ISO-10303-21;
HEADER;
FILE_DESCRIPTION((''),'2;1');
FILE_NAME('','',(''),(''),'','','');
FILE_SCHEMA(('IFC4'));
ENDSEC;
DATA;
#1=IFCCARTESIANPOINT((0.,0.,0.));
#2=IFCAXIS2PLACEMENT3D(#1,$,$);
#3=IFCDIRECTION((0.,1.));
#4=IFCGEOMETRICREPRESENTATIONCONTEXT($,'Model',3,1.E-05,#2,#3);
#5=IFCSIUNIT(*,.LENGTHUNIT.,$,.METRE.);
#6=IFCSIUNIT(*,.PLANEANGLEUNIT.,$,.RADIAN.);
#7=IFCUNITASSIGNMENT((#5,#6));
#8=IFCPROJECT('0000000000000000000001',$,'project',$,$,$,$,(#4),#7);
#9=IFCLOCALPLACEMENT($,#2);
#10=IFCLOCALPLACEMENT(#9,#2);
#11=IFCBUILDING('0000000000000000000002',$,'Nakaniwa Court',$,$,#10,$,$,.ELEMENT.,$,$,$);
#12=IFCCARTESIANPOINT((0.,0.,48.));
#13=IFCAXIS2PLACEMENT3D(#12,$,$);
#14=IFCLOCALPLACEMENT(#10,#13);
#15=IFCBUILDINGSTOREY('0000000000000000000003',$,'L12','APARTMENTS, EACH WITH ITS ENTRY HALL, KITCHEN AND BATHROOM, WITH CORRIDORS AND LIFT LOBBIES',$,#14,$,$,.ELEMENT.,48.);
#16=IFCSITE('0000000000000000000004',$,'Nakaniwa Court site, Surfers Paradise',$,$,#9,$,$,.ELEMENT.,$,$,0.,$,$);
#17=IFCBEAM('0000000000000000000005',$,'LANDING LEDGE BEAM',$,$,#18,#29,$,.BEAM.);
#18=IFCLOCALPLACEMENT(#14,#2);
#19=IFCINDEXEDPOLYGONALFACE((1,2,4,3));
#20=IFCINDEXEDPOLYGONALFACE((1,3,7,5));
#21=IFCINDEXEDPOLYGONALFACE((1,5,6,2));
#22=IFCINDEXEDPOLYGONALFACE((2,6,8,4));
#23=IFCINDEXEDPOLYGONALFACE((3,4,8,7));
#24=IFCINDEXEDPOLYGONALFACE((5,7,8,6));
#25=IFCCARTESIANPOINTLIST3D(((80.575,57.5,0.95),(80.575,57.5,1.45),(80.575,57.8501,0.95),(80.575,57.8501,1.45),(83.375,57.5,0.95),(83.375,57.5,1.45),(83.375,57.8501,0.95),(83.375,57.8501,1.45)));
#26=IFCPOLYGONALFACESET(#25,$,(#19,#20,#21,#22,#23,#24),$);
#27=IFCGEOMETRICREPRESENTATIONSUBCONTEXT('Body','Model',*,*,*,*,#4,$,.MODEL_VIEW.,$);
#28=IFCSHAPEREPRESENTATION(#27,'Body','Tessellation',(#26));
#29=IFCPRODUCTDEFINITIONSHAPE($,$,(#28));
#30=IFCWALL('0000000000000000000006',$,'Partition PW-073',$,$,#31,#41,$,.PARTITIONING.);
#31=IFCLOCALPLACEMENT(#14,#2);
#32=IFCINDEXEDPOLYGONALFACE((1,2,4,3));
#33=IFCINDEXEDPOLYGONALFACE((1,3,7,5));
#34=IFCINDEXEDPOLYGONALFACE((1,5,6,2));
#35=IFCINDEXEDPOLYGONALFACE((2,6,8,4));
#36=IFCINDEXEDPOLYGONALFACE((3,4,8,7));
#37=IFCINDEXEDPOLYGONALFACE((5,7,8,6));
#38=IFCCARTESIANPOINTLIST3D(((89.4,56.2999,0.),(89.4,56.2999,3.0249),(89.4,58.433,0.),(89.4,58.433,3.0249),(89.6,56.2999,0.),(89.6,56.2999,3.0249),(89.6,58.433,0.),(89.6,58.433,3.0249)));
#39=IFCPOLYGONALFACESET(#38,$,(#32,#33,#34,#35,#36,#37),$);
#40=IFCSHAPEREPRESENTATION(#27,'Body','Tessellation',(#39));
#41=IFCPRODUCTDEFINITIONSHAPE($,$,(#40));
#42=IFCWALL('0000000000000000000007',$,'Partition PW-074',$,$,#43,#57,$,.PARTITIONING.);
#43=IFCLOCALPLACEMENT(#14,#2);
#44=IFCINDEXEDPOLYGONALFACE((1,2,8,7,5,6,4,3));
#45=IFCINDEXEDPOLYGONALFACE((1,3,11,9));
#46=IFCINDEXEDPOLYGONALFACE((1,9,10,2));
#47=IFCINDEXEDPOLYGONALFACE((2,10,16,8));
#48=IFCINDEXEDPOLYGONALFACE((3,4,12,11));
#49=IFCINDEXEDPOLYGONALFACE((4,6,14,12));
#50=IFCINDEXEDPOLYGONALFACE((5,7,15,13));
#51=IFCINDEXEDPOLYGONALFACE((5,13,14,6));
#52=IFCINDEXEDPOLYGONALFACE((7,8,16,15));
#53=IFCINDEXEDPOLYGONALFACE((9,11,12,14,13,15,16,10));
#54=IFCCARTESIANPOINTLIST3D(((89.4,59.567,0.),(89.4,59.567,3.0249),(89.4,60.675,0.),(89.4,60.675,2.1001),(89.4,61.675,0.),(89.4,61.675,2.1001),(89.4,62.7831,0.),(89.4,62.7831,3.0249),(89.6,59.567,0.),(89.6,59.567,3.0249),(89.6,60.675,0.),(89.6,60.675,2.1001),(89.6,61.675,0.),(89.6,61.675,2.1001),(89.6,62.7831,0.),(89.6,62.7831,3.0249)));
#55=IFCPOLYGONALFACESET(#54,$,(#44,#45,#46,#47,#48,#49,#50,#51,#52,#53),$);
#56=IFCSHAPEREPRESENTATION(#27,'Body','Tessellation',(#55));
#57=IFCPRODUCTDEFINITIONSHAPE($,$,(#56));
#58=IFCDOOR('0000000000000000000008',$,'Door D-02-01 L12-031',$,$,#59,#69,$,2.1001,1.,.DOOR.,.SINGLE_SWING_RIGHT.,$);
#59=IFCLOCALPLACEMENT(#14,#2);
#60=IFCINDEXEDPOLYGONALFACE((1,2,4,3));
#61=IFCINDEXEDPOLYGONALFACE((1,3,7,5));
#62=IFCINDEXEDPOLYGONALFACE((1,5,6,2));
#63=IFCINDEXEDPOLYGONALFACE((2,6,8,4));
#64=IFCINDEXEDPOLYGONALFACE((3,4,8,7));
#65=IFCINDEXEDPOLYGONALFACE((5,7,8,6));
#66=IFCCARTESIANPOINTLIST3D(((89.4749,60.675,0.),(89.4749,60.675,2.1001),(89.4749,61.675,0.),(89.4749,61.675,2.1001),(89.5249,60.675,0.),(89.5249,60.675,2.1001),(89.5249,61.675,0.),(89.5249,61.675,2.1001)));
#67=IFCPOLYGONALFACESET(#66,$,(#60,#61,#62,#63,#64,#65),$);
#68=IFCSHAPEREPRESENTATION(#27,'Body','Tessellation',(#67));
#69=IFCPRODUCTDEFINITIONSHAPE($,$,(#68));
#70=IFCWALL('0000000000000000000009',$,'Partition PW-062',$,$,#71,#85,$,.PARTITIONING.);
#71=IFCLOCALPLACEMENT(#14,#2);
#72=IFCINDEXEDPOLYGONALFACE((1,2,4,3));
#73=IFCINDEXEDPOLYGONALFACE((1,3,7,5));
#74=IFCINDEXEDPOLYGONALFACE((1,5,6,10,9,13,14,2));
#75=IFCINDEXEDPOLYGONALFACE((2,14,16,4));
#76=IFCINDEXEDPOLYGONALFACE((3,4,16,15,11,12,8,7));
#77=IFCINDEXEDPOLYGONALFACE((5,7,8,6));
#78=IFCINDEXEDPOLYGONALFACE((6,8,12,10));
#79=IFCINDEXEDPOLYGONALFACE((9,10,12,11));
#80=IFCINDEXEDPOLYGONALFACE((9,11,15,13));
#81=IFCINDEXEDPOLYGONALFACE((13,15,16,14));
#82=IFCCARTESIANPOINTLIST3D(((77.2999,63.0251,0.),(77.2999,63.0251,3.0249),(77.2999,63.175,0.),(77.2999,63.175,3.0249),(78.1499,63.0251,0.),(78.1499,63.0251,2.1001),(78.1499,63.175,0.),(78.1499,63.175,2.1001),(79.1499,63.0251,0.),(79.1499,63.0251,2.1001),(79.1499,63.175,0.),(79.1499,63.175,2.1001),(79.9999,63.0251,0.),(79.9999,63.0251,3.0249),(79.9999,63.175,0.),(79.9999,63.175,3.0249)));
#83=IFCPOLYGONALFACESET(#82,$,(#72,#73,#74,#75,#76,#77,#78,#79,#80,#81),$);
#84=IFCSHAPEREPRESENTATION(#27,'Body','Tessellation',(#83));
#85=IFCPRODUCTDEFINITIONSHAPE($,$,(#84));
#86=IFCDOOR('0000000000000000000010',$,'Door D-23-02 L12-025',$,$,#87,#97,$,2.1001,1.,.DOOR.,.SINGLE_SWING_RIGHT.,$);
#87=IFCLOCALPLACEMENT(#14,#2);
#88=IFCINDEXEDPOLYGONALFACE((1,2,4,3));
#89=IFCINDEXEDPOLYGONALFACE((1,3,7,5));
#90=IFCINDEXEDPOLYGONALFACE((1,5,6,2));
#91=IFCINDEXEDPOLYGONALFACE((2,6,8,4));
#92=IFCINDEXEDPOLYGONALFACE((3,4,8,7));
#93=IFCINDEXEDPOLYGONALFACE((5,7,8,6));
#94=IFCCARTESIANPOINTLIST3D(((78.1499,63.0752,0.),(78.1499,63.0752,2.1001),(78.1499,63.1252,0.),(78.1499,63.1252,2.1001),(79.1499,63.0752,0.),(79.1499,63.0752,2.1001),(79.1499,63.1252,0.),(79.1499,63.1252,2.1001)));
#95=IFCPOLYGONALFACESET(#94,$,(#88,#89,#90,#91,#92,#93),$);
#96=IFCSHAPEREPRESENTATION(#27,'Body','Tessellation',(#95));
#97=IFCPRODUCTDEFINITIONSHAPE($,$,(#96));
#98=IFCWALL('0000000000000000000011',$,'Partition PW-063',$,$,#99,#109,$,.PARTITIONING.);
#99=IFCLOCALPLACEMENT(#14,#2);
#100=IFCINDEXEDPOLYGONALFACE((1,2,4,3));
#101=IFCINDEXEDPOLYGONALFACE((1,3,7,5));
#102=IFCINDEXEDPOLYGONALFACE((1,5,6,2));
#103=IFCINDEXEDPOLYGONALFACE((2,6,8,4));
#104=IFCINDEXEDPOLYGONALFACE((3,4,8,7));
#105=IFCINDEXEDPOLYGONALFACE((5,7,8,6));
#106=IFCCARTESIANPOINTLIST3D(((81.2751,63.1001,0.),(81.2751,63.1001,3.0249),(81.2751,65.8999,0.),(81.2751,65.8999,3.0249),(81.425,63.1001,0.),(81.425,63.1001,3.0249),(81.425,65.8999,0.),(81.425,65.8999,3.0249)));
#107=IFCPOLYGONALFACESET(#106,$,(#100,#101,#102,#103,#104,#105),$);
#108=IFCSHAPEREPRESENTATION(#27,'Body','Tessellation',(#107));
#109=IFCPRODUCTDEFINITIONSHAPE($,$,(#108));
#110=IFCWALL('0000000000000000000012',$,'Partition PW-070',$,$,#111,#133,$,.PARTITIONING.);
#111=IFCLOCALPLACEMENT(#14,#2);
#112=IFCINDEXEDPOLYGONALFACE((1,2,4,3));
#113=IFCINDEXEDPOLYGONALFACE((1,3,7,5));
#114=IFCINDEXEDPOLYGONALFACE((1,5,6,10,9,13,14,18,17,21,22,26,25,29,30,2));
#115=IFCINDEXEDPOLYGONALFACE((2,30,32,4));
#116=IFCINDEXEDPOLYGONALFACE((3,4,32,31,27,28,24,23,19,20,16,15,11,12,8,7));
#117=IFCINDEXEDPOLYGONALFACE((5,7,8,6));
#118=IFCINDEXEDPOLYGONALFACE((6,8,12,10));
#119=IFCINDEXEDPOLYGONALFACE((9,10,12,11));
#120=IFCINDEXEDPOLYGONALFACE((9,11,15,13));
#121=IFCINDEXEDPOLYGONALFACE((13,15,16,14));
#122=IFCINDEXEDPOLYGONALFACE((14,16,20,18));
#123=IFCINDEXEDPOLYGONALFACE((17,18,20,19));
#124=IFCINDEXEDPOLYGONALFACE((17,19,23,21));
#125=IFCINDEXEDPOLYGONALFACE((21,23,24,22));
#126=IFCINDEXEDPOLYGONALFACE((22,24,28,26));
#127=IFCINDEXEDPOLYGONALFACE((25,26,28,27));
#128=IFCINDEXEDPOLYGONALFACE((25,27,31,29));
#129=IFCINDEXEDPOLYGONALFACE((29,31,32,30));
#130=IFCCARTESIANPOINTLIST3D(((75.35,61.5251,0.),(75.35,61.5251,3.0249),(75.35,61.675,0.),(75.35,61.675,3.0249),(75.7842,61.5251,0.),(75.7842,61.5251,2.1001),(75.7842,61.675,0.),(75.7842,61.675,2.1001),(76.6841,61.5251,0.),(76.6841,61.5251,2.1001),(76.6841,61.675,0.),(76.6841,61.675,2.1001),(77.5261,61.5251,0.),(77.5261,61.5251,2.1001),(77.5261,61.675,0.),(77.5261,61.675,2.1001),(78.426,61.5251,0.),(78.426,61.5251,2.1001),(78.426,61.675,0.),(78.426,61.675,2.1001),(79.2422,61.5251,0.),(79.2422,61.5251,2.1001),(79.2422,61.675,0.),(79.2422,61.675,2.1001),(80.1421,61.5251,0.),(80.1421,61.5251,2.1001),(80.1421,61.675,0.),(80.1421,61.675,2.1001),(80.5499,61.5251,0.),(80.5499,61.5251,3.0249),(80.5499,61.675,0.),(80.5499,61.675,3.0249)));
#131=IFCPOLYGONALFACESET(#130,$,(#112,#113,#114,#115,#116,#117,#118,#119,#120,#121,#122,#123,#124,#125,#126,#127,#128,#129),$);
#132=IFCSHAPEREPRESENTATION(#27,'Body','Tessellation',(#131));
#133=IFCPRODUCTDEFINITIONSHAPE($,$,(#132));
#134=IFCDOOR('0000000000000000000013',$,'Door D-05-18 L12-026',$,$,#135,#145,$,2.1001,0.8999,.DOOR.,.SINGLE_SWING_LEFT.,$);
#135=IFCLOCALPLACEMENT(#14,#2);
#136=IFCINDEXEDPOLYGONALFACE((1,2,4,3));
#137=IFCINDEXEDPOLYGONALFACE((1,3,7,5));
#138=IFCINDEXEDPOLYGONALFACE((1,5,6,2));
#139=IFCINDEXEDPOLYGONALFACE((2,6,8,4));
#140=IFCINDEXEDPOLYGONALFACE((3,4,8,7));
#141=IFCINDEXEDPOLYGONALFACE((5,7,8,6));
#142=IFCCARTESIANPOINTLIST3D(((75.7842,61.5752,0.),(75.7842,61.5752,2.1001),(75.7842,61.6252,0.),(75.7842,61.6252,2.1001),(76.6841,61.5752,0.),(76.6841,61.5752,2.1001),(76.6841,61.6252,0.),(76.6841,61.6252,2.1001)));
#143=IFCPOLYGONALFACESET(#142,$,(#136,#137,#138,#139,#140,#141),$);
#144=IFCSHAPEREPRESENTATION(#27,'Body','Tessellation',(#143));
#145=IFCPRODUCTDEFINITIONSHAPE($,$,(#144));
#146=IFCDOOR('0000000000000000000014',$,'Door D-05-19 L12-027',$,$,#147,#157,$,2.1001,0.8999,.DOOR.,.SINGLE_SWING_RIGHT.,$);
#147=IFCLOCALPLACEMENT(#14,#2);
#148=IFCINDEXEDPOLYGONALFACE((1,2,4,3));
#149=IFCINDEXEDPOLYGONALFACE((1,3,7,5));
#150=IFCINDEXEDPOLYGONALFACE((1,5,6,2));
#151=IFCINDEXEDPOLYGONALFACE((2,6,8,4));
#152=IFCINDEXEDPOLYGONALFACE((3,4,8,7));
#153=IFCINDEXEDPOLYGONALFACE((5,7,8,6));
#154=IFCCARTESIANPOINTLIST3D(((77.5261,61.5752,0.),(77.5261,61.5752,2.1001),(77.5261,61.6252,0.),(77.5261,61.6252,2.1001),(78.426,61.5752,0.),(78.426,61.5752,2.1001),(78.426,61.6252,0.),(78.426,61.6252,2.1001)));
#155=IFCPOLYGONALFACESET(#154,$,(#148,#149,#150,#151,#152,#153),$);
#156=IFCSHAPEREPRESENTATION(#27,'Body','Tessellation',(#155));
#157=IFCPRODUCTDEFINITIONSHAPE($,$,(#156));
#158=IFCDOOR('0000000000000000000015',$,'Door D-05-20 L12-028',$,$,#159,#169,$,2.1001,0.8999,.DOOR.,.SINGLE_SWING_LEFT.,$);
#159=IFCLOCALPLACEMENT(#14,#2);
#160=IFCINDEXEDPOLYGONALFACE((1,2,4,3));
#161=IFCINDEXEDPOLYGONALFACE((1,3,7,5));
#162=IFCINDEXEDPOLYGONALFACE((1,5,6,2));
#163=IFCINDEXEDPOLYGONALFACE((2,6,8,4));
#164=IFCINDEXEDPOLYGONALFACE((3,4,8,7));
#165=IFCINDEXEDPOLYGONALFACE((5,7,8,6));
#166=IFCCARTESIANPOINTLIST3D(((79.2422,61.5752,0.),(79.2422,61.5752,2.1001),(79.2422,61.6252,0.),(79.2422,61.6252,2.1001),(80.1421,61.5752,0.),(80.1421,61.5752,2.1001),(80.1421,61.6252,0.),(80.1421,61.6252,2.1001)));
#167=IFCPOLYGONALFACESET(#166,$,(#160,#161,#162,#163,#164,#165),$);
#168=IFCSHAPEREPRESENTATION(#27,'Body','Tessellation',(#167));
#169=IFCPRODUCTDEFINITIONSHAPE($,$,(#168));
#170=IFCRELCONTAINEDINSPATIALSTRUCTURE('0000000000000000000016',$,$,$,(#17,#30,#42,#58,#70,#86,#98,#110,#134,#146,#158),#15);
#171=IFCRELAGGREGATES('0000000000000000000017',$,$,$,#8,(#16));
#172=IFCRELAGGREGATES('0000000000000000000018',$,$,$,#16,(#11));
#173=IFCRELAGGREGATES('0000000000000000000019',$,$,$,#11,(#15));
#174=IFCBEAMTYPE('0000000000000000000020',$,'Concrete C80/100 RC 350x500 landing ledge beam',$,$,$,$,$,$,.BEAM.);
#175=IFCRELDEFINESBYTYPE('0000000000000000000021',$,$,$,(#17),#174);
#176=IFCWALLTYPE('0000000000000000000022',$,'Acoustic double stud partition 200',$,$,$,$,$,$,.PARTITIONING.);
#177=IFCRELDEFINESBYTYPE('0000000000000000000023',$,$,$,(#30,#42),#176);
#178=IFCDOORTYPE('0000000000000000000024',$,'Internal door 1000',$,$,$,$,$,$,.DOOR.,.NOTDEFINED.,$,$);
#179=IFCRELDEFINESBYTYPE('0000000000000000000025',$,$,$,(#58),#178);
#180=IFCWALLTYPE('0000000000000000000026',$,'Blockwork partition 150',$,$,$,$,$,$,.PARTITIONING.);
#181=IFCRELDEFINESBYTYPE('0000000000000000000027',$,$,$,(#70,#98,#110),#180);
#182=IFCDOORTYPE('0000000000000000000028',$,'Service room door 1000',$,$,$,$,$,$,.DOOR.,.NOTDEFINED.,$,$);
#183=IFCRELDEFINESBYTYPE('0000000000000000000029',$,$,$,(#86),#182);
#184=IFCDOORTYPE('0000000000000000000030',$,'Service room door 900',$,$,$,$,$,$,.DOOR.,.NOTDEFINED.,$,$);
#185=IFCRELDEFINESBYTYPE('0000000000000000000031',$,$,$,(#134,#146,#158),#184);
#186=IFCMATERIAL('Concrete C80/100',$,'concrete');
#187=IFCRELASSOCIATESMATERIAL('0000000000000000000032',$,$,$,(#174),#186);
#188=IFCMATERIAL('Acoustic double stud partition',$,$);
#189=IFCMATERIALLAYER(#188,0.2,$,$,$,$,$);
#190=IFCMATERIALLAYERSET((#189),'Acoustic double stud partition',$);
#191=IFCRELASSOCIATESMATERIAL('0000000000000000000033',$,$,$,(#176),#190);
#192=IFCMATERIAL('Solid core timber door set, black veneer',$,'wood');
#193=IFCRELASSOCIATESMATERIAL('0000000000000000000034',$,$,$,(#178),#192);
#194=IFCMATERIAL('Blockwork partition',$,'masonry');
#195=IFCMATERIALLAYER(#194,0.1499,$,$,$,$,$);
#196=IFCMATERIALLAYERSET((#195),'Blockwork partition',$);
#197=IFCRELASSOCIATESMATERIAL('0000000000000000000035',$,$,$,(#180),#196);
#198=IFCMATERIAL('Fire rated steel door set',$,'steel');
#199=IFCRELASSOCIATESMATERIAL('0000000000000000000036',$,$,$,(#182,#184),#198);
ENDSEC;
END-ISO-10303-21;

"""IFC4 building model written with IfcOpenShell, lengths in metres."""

from ifc_helpers import new_model, si_unit, direction, frame, frame_2d, origin, origin_2d, place, context, subcontext, project, spatial, rectangle, extrude, material, layer, layer_set, material_profile, profile_set, type_object, element, fill, save


model = new_model("IFC4")

# Units and contexts
model_context = context("Model", 3, precision=1e-05, world=origin(), true_north=direction((0.0, 1.0)))
body_context = subcontext(model_context, "Body", "Model", "MODEL_VIEW")
ifc_project = project(units=[si_unit("LENGTHUNIT", "METRE"), si_unit("PLANEANGLEUNIT", "RADIAN")], contexts=[model_context])

# Site, building, storey
site_placement = place(None, origin())
site = spatial("IfcSite", under=ifc_project, at=site_placement, Name="Nakaniwa Court site, Surfers Paradise", CompositionType="ELEMENT", RefElevation=0.0)
building_placement = place(site_placement, origin())
building = spatial("IfcBuilding", under=site, at=building_placement, Name="Nakaniwa Court", CompositionType="ELEMENT")
storey_placement = place(building_placement, frame((0.0, 0.0, 48.0)))
storey = spatial("IfcBuildingStorey", under=building, at=storey_placement, Name="L12", Description="APARTMENTS, EACH WITH ITS ENTRY HALL, KITCHEN AND BATHROOM, WITH CORRIDORS AND LIFT LOBBIES", CompositionType="ELEMENT", Elevation=48.0)

# Beam
ifc_material_1 = material(Name="Concrete C80/100", Category="concrete")
ifc_material_profile = material_profile(ifc_material_1, rectangle(XDim=0.3501, YDim=0.5, at=origin_2d()), Name="Concrete C80/100 RC 350x500 landing ledge beam")
ifc_profile_set = profile_set([ifc_material_profile], Name="Concrete C80/100")
beam_type = type_object("IfcBeamType", Name="Concrete C80/100 RC 350x500 landing ledge beam", PredefinedType="BEAM", material=ifc_profile_set)
beam_placement = place(storey_placement, frame((80.575, 57.675, 1.2), z_axis=(1.0, 0.0, 0.0), x_axis=(0.0, 1.0, 0.0)))
element("IfcBeam", 1, at=beam_placement, inside=storey, type_object=beam_type, Name="LANDING LEDGE BEAM", PredefinedType="BEAM", context=body_context, shape_type="SweptSolid", body=[
    extrude(rectangle(XDim=0.3501, YDim=0.5, at=origin_2d()), origin(), (0.0, 0.0, 1.0), 2.8),
])

# Wall
ifc_material_2 = material(Name="Acoustic double stud partition")
ifc_layer_1 = layer(ifc_material_2, 0.2)
ifc_layer_set_1 = layer_set([ifc_layer_1], Name="Acoustic double stud partition")
wall_type_1 = type_object("IfcWallType", Name="Acoustic double stud partition 200", PredefinedType="PARTITIONING", material=ifc_layer_set_1)
wall_1_placement = place(storey_placement, frame((89.5, 56.3, 0.0), z_axis=(0.0, 0.0, 1.0), x_axis=(0.0, 1.0, 0.0)))
element("IfcWall", 2, at=wall_1_placement, inside=storey, type_object=wall_type_1, Name="Partition PW-073", PredefinedType="PARTITIONING", context=body_context, shape_type="SweptSolid", body=[
    extrude(rectangle(XDim=2.1331, YDim=0.2, at=frame_2d((1.0664, 0.0))), origin(), (0.0, 0.0, 1.0), 3.0249),
])

# Walls, openings, doors
wall_2_placement = place(storey_placement, frame((89.5, 62.783, 0.0), z_axis=(0.0, 0.0, 1.0), x_axis=(0.0, -1.0, 0.0)))
wall_2 = element("IfcWall", 3, at=wall_2_placement, inside=storey, type_object=wall_type_1, Name="Partition PW-074", PredefinedType="PARTITIONING", context=body_context, shape_type="SweptSolid", body=[
    extrude(rectangle(XDim=3.2161, YDim=0.2, at=frame_2d((1.6079, 0.0))), origin(), (0.0, 0.0, 1.0), 3.0249),
])
opening_1_placement = place(wall_2_placement, frame((1.1079, 0.0, 0.0)))
opening_1 = element("IfcOpeningElement", 4, at=opening_1_placement, cuts=wall_2, PredefinedType="OPENING", context=body_context, shape_type="SweptSolid", body=[
    extrude(rectangle(XDim=1.0, YDim=2.1001, at=frame_2d((0.5, 1.05))), frame((0.0, 0.1099, 0.0), z_axis=(0.0, -1.0, 0.0), x_axis=(1.0, 0.0, 0.0)), (0.0, 0.0, 1.0), 0.22),
])
ifc_material_3 = material(Name="Solid core timber door set, black veneer", Category="wood")
door_type_1 = type_object("IfcDoorType", Name="Internal door 1000", OperationType="NOTDEFINED", PredefinedType="DOOR", material=ifc_material_3)
door_1_placement = place(opening_1_placement, origin())
door_1 = element("IfcDoor", 5, at=door_1_placement, inside=storey, type_object=door_type_1, Name="Door D-02-01 L12-031", OperationType="SINGLE_SWING_RIGHT", OverallHeight=2.1001, OverallWidth=1.0, PredefinedType="DOOR", context=body_context, shape_type="SweptSolid", body=[
    extrude(rectangle(XDim=1.0, YDim=2.1001, at=frame_2d((0.5, 1.05))), frame((0.0, 0.0249, 0.0), z_axis=(0.0, -1.0, 0.0), x_axis=(1.0, 0.0, 0.0)), (0.0, 0.0, 1.0), 0.05),
])
fill(opening_1, door_1)
ifc_material_4 = material(Name="Blockwork partition", Category="masonry")
ifc_layer_2 = layer(ifc_material_4, 0.1499)
ifc_layer_set_2 = layer_set([ifc_layer_2], Name="Blockwork partition")
wall_type_2 = type_object("IfcWallType", Name="Blockwork partition 150", PredefinedType="PARTITIONING", material=ifc_layer_set_2)
wall_3_placement = place(storey_placement, frame((80.0, 63.1001, 0.0), z_axis=(0.0, 0.0, 1.0), x_axis=(-1.0, 0.0, 0.0)))
wall_3 = element("IfcWall", 6, at=wall_3_placement, inside=storey, type_object=wall_type_2, Name="Partition PW-062", PredefinedType="PARTITIONING", context=body_context, shape_type="SweptSolid", body=[
    extrude(rectangle(XDim=2.7, YDim=0.1499, at=frame_2d((1.3501, 0.0))), origin(), (0.0, 0.0, 1.0), 3.0249),
])
opening_2_placement = place(wall_3_placement, frame((0.8501, 0.0, 0.0)))
opening_2 = element("IfcOpeningElement", 7, at=opening_2_placement, cuts=wall_3, PredefinedType="OPENING", context=body_context, shape_type="SweptSolid", body=[
    extrude(rectangle(XDim=1.0, YDim=2.1001, at=frame_2d((0.5, 1.05))), frame((0.0, 0.085, 0.0), z_axis=(0.0, -1.0, 0.0), x_axis=(1.0, 0.0, 0.0)), (0.0, 0.0, 1.0), 0.1699),
])
ifc_material_5 = material(Name="Fire rated steel door set", Category="steel")
door_type_2 = type_object("IfcDoorType", Name="Service room door 1000", OperationType="NOTDEFINED", PredefinedType="DOOR", material=ifc_material_5)
door_2_placement = place(opening_2_placement, origin())
door_2 = element("IfcDoor", 8, at=door_2_placement, inside=storey, type_object=door_type_2, Name="Door D-23-02 L12-025", OperationType="SINGLE_SWING_RIGHT", OverallHeight=2.1001, OverallWidth=1.0, PredefinedType="DOOR", context=body_context, shape_type="SweptSolid", body=[
    extrude(rectangle(XDim=1.0, YDim=2.1001, at=frame_2d((0.5, 1.05))), frame((0.0, 0.0249, 0.0), z_axis=(0.0, -1.0, 0.0), x_axis=(1.0, 0.0, 0.0)), (0.0, 0.0, 1.0), 0.05),
])
fill(opening_2, door_2)

# Wall
wall_4_placement = place(storey_placement, frame((81.3501, 63.1001, 0.0), z_axis=(0.0, 0.0, 1.0), x_axis=(0.0, 1.0, 0.0)))
element("IfcWall", 9, at=wall_4_placement, inside=storey, type_object=wall_type_2, Name="Partition PW-063", PredefinedType="PARTITIONING", context=body_context, shape_type="SweptSolid", body=[
    extrude(rectangle(XDim=2.7998, YDim=0.1499, at=frame_2d((1.3999, 0.0))), origin(), (0.0, 0.0, 1.0), 3.0249),
])

# Wall, openings, doors
wall_5_placement = place(storey_placement, frame((80.55, 61.6001, 0.0), z_axis=(0.0, 0.0, 1.0), x_axis=(-1.0, 0.0, 0.0)))
wall_5 = element("IfcWall", 10, at=wall_5_placement, inside=storey, type_object=wall_type_2, Name="Partition PW-070", PredefinedType="PARTITIONING", context=body_context, shape_type="SweptSolid", body=[
    extrude(rectangle(XDim=5.2, YDim=0.1499, at=frame_2d((2.6001, 0.0))), origin(), (0.0, 0.0, 1.0), 3.0249),
])
opening_3_placement = place(wall_5_placement, frame((3.866, 0.0, 0.0)))
opening_3 = element("IfcOpeningElement", 11, at=opening_3_placement, cuts=wall_5, PredefinedType="OPENING", context=body_context, shape_type="SweptSolid", body=[
    extrude(rectangle(XDim=0.8999, YDim=2.1001, at=frame_2d((0.45, 1.05))), frame((0.0, 0.085, 0.0), z_axis=(0.0, -1.0, 0.0), x_axis=(1.0, 0.0, 0.0)), (0.0, 0.0, 1.0), 0.1699),
])
opening_4_placement = place(wall_5_placement, frame((2.124, 0.0, 0.0)))
opening_4 = element("IfcOpeningElement", 12, at=opening_4_placement, cuts=wall_5, PredefinedType="OPENING", context=body_context, shape_type="SweptSolid", body=[
    extrude(rectangle(XDim=0.8999, YDim=2.1001, at=frame_2d((0.45, 1.05))), frame((0.0, 0.085, 0.0), z_axis=(0.0, -1.0, 0.0), x_axis=(1.0, 0.0, 0.0)), (0.0, 0.0, 1.0), 0.1699),
])
opening_5_placement = place(wall_5_placement, frame((0.408, 0.0, 0.0)))
opening_5 = element("IfcOpeningElement", 13, at=opening_5_placement, cuts=wall_5, PredefinedType="OPENING", context=body_context, shape_type="SweptSolid", body=[
    extrude(rectangle(XDim=0.8999, YDim=2.1001, at=frame_2d((0.45, 1.05))), frame((0.0, 0.085, 0.0), z_axis=(0.0, -1.0, 0.0), x_axis=(1.0, 0.0, 0.0)), (0.0, 0.0, 1.0), 0.1699),
])
door_type_3 = type_object("IfcDoorType", Name="Service room door 900", OperationType="NOTDEFINED", PredefinedType="DOOR", material=ifc_material_5)
door_3_placement = place(opening_3_placement, origin())
door_3 = element("IfcDoor", 14, at=door_3_placement, inside=storey, type_object=door_type_3, Name="Door D-05-18 L12-026", OperationType="SINGLE_SWING_LEFT", OverallHeight=2.1001, OverallWidth=0.8999, PredefinedType="DOOR", context=body_context, shape_type="SweptSolid", body=[
    extrude(rectangle(XDim=0.8999, YDim=2.1001, at=frame_2d((0.45, 1.05))), frame((0.0, 0.0249, 0.0), z_axis=(0.0, -1.0, 0.0), x_axis=(1.0, 0.0, 0.0)), (0.0, 0.0, 1.0), 0.05),
])
fill(opening_3, door_3)
door_4_placement = place(opening_4_placement, origin())
door_4 = element("IfcDoor", 15, at=door_4_placement, inside=storey, type_object=door_type_3, Name="Door D-05-19 L12-027", OperationType="SINGLE_SWING_RIGHT", OverallHeight=2.1001, OverallWidth=0.8999, PredefinedType="DOOR", context=body_context, shape_type="SweptSolid", body=[
    extrude(rectangle(XDim=0.8999, YDim=2.1001, at=frame_2d((0.45, 1.05))), frame((0.0, 0.0249, 0.0), z_axis=(0.0, -1.0, 0.0), x_axis=(1.0, 0.0, 0.0)), (0.0, 0.0, 1.0), 0.05),
])
fill(opening_4, door_4)
door_5_placement = place(opening_5_placement, origin())
door_5 = element("IfcDoor", 16, at=door_5_placement, inside=storey, type_object=door_type_3, Name="Door D-05-20 L12-028", OperationType="SINGLE_SWING_LEFT", OverallHeight=2.1001, OverallWidth=0.8999, PredefinedType="DOOR", context=body_context, shape_type="SweptSolid", body=[
    extrude(rectangle(XDim=0.8999, YDim=2.1001, at=frame_2d((0.45, 1.05))), frame((0.0, 0.0249, 0.0), z_axis=(0.0, -1.0, 0.0), x_axis=(1.0, 0.0, 0.0)), (0.0, 0.0, 1.0), 0.05),
])
fill(opening_5, door_5)

save(model, "model.ifc")
